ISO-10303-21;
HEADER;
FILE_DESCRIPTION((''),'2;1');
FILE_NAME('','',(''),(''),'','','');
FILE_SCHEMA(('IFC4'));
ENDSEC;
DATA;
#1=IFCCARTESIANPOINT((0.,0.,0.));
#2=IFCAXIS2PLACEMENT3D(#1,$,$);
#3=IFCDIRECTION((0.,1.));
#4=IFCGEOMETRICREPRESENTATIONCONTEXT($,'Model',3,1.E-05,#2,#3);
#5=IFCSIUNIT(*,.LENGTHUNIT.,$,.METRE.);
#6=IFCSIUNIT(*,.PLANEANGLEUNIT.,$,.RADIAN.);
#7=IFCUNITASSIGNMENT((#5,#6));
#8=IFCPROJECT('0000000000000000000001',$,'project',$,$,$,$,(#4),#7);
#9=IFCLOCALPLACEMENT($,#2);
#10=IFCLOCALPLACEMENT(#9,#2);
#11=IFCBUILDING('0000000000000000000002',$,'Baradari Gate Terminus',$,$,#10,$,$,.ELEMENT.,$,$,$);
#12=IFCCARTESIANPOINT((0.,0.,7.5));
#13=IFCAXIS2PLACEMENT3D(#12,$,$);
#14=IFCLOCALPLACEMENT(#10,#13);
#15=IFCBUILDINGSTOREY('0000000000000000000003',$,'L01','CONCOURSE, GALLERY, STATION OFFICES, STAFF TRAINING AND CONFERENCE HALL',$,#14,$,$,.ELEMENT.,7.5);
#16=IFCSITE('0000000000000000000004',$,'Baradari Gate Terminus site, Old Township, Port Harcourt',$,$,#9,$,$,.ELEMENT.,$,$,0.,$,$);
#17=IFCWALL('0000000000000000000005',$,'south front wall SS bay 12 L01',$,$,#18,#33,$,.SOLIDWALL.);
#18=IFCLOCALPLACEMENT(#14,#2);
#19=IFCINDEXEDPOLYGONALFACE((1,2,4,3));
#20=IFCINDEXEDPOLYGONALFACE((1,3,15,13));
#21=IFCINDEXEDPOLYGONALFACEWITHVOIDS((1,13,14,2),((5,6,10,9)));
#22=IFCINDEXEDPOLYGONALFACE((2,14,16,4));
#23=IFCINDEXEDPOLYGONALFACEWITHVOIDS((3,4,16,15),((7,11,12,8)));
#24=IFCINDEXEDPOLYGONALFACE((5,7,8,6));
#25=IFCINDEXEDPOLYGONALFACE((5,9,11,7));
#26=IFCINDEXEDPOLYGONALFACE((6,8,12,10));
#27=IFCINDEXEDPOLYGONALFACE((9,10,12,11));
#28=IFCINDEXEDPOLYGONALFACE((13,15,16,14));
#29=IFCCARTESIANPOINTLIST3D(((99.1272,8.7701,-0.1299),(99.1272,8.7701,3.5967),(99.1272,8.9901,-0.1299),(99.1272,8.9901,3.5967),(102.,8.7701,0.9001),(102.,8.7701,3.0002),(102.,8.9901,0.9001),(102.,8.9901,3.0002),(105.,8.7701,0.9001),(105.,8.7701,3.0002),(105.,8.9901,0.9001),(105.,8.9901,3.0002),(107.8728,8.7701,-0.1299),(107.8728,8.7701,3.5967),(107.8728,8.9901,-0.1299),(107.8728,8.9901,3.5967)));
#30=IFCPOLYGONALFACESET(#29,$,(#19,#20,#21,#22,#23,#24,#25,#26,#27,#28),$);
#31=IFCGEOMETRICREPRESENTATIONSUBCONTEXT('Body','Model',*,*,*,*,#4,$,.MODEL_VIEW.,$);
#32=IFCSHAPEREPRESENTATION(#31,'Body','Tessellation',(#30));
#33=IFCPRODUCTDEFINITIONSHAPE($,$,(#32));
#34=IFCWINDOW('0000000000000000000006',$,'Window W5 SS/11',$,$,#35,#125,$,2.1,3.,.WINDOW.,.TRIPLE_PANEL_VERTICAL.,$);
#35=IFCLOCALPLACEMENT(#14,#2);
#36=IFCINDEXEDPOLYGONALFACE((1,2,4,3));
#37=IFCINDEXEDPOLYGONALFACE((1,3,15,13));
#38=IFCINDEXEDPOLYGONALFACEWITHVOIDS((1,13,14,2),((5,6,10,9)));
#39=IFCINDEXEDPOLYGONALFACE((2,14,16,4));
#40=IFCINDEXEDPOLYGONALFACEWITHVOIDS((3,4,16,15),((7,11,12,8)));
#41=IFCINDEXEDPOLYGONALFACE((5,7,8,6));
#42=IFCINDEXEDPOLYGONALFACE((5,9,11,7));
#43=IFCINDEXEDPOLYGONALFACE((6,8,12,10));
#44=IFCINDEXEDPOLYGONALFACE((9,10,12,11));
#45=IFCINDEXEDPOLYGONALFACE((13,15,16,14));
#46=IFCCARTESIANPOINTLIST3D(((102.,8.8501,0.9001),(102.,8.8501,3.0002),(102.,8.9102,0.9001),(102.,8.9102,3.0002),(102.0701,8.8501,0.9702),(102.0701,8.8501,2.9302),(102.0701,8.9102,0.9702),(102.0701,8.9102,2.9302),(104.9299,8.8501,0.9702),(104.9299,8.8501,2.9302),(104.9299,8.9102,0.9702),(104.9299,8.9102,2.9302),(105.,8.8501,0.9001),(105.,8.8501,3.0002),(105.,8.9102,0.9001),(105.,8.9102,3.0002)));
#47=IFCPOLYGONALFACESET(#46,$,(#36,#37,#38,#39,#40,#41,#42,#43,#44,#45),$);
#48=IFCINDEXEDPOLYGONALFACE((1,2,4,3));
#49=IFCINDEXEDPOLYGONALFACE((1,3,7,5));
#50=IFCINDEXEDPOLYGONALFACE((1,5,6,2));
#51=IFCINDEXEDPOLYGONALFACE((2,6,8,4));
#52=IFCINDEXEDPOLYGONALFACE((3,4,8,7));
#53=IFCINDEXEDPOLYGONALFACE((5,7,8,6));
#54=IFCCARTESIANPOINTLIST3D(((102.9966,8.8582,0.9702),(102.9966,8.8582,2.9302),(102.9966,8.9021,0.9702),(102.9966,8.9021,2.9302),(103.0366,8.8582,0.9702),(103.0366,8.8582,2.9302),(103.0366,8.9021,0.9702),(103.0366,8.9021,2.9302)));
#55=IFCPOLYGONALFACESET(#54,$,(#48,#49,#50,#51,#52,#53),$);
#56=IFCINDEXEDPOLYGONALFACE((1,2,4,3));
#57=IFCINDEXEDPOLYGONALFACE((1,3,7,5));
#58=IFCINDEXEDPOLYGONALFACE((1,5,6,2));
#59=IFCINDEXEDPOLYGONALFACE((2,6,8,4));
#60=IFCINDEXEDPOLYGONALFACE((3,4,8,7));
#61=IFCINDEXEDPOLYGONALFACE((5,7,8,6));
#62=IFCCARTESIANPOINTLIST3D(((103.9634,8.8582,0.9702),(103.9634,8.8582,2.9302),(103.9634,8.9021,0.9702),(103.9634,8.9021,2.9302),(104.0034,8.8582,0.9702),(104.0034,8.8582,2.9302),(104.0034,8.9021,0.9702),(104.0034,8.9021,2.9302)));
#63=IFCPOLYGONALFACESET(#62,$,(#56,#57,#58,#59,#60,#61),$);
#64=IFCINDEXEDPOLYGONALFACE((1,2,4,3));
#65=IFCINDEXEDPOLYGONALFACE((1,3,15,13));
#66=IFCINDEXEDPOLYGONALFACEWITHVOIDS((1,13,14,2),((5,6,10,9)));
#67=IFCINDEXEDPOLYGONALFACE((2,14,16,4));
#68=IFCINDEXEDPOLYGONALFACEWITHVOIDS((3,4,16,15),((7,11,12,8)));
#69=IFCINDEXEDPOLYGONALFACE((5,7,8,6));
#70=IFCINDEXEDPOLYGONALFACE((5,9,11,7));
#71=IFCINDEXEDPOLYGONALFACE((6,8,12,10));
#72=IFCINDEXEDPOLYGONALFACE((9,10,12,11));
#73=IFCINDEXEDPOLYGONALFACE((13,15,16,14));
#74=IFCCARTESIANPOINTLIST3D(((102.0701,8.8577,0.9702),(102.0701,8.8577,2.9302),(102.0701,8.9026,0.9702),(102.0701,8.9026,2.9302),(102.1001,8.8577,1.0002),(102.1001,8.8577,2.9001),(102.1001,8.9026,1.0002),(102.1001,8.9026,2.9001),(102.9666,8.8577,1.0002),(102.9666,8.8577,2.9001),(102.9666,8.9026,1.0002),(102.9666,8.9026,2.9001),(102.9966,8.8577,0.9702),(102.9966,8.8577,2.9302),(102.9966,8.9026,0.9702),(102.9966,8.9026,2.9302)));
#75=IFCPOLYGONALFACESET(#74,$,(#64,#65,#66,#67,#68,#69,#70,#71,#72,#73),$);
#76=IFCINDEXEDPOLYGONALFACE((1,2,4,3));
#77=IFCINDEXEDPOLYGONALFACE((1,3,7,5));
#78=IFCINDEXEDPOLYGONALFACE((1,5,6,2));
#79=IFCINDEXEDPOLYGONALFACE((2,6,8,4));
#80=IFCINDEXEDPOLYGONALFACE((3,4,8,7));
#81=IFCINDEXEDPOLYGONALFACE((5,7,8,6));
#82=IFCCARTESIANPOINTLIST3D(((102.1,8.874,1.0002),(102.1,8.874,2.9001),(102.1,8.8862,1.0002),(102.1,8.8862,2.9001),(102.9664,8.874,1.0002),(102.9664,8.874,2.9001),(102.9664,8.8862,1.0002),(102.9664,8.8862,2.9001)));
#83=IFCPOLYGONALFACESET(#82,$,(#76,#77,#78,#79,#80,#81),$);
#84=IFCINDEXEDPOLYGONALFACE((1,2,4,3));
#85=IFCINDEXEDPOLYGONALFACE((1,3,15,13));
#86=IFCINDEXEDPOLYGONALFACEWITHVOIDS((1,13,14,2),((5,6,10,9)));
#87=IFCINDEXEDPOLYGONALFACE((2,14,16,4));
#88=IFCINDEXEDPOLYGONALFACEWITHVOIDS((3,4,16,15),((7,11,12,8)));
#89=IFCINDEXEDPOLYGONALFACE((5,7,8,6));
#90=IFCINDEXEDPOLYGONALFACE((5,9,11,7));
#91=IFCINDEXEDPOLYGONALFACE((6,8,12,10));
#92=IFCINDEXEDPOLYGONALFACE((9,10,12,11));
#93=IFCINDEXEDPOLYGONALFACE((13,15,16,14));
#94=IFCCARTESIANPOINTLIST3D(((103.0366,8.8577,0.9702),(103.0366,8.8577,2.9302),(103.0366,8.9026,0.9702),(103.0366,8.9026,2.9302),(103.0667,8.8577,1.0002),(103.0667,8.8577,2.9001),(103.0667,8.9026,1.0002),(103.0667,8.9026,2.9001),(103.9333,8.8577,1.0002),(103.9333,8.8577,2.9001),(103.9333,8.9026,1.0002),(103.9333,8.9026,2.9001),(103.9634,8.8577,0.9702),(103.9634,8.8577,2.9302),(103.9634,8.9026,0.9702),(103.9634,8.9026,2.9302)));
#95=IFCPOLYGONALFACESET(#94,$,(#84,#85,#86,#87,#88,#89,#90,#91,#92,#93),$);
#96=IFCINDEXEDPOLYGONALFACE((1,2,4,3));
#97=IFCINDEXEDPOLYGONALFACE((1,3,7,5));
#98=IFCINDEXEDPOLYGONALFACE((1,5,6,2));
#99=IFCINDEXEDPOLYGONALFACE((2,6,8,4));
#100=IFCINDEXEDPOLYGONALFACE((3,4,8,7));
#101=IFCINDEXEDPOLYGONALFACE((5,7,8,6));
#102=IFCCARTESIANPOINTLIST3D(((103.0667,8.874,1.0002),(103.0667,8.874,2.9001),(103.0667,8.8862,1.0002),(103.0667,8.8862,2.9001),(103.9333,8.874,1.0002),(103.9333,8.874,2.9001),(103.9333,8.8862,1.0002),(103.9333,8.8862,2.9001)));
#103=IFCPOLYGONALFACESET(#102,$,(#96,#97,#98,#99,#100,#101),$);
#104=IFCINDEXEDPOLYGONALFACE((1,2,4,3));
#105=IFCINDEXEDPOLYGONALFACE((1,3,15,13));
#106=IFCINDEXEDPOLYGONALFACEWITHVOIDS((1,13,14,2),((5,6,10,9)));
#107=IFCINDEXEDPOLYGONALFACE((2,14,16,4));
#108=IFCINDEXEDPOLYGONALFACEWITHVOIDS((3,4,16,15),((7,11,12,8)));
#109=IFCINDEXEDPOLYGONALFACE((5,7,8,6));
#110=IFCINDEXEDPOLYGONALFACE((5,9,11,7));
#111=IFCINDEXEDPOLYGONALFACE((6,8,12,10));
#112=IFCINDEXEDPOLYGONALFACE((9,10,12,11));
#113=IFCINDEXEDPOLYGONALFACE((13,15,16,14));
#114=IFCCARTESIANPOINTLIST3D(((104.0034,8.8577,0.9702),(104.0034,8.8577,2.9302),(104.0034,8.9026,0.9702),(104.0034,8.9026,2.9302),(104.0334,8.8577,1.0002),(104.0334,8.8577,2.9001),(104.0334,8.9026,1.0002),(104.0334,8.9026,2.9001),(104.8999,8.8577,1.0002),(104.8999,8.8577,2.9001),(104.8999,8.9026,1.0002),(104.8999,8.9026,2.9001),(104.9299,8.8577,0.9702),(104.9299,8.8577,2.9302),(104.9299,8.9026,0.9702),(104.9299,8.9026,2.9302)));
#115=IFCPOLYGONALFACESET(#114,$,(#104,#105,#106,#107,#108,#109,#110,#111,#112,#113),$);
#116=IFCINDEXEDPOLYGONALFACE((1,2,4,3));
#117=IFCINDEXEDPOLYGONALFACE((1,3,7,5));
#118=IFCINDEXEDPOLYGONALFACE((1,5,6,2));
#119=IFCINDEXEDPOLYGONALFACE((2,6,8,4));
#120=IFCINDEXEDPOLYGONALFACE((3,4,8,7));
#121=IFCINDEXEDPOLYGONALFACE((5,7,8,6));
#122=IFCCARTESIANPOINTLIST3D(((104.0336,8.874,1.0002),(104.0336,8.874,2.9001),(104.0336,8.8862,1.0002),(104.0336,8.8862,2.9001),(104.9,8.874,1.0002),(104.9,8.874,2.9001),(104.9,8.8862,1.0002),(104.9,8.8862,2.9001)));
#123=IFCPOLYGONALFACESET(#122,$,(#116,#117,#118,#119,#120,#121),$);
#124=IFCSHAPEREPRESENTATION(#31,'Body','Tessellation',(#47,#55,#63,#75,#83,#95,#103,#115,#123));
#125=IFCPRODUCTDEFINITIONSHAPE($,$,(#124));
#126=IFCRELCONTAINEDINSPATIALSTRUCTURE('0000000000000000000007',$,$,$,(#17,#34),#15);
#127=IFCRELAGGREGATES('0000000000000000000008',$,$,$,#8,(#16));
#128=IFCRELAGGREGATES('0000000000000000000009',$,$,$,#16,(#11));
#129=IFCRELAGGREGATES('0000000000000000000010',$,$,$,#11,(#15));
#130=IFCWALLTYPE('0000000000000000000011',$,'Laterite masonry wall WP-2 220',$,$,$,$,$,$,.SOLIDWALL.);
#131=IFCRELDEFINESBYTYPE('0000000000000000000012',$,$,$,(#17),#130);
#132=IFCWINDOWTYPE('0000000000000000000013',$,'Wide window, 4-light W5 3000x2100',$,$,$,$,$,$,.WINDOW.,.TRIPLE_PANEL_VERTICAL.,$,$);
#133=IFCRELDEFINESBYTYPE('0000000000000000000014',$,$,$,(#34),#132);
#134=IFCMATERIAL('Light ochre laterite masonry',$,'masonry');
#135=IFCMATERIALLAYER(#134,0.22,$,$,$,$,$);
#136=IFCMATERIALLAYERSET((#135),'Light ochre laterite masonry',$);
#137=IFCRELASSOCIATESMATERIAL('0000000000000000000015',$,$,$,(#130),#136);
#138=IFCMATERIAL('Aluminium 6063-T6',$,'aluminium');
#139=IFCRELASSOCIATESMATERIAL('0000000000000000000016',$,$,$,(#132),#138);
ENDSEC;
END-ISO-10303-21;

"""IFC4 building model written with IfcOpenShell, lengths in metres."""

from ifc_helpers import new_model, si_unit, direction, frame, frame_2d, origin, place, context, subcontext, project, spatial, polyline, rectangle, outline, extrude, material, layer, layer_set, type_object, element, fill, save


model = new_model("IFC4")

# Units and contexts
model_context = context("Model", 3, precision=1e-05, world=origin(), true_north=direction((0.0, 1.0)))
body_context = subcontext(model_context, "Body", "Model", "MODEL_VIEW")
ifc_project = project(units=[si_unit("LENGTHUNIT", "METRE"), si_unit("PLANEANGLEUNIT", "RADIAN")], contexts=[model_context])

# Site, building, storey
site_placement = place(None, origin())
site = spatial("IfcSite", under=ifc_project, at=site_placement, Name="Baradari Gate Terminus site, Old Township, Port Harcourt", CompositionType="ELEMENT", RefElevation=0.0)
building_placement = place(site_placement, origin())
building = spatial("IfcBuilding", under=site, at=building_placement, Name="Baradari Gate Terminus", CompositionType="ELEMENT")
storey_placement = place(building_placement, frame((0.0, 0.0, 7.5)))
storey = spatial("IfcBuildingStorey", under=building, at=storey_placement, Name="L01", Description="CONCOURSE, GALLERY, STATION OFFICES, STAFF TRAINING AND CONFERENCE HALL", CompositionType="ELEMENT", Elevation=7.5)

# Wall, opening, window
ifc_material_1 = material(Name="Light ochre laterite masonry", Category="masonry")
ifc_layer_1 = layer(ifc_material_1, 0.22)
ifc_layer_set_1 = layer_set([ifc_layer_1], Name="Light ochre laterite masonry")
wall_type_1 = type_object("IfcWallType", Name="Laterite masonry wall WP-2 220", PredefinedType="SOLIDWALL", material=ifc_layer_set_1)
ifc_material_2 = material(Name="Aluminium 6063-T6", Category="aluminium")
window_type = type_object("IfcWindowType", Name="Wide window, 4-light W5 3000x2100", PartitioningType="TRIPLE_PANEL_VERTICAL", PredefinedType="WINDOW", material=ifc_material_2)
wall_1_placement = place(storey_placement, frame((99.1272, 8.8801, -0.1299), z_axis=(0.0, 0.0, 1.0), x_axis=(1.0, 0.0, 0.0)))
wall_1 = element("IfcWall", 1, at=wall_1_placement, inside=storey, type_object=wall_type_1, Name="south front wall SS bay 12 L01", PredefinedType="SOLIDWALL", context=body_context, shape_type="SweptSolid", body=[
    extrude(rectangle(XDim=8.7456, YDim=0.22, at=frame_2d((4.3728, 0.0))), origin(), (0.0, 0.0, 1.0), 3.7266),
])
opening_1_placement = place(wall_1_placement, frame((2.8728, 0.0, 1.03)))
opening_1 = element("IfcOpeningElement", 2, at=opening_1_placement, cuts=wall_1, PredefinedType="OPENING", context=body_context, shape_type="SweptSolid", body=[
    extrude(rectangle(XDim=3.0, YDim=2.1001, at=frame_2d((1.5, 1.05))), frame((0.0, 0.1199, 0.0), z_axis=(0.0, -1.0, 0.0), x_axis=(1.0, 0.0, 0.0)), (0.0, 0.0, 1.0), 0.24),
])
window_1_placement = place(opening_1_placement, origin())
window_1 = element("IfcWindow", 3, at=window_1_placement, inside=storey, type_object=window_type, Name="Window W5 SS/11", OverallHeight=2.1, OverallWidth=3.0, PartitioningType="TRIPLE_PANEL_VERTICAL", PredefinedType="WINDOW", context=body_context, shape_type="SweptSolid", body=[
    extrude(outline(polyline([(0.0, 0.0), (3.0, 0.0), (3.0, 2.1001), (0.0, 2.1001), (0.0, 0.0)]), holes=[polyline([(0.0701, 0.0701), (2.9299, 0.0701), (2.9299, 2.03), (0.0701, 2.03), (0.0701, 0.0701)])]), frame((0.0, 0.03, 0.0), z_axis=(0.0, -1.0, 0.0), x_axis=(1.0, 0.0, 0.0)), (0.0, 0.0, 1.0), 0.0601),
    extrude(rectangle(XDim=0.04, YDim=1.96, at=frame_2d((1.0166, 1.05))), frame((0.0, 0.022, 0.0), z_axis=(0.0, -1.0, 0.0), x_axis=(1.0, 0.0, 0.0)), (0.0, 0.0, 1.0), 0.0439),
    extrude(rectangle(XDim=0.04, YDim=1.96, at=frame_2d((1.9834, 1.05))), frame((0.0, 0.022, 0.0), z_axis=(0.0, -1.0, 0.0), x_axis=(1.0, 0.0, 0.0)), (0.0, 0.0, 1.0), 0.0439),
    extrude(outline(polyline([(0.0701, 0.0701), (0.9966, 0.0701), (0.9966, 2.03), (0.0701, 2.03), (0.0701, 0.0701)]), holes=[polyline([(0.1001, 0.1001), (0.9666, 0.1001), (0.9666, 2.0), (0.1001, 2.0), (0.1001, 0.1001)])]), frame((0.0, 0.0225, 0.0), z_axis=(0.0, -1.0, 0.0), x_axis=(1.0, 0.0, 0.0)), (0.0, 0.0, 1.0), 0.0449),
    extrude(rectangle(XDim=0.8665, YDim=1.8999, at=frame_2d((0.5332, 1.05))), frame((0.0, 0.0061, 0.0), z_axis=(0.0, -1.0, 0.0), x_axis=(1.0, 0.0, 0.0)), (0.0, 0.0, 1.0), 0.0122),
    extrude(outline(polyline([(1.0366, 0.0701), (1.9634, 0.0701), (1.9634, 2.03), (1.0366, 2.03), (1.0366, 0.0701)]), holes=[polyline([(1.0667, 0.1001), (1.9333, 0.1001), (1.9333, 2.0), (1.0667, 2.0), (1.0667, 0.1001)])]), frame((0.0, 0.0225, 0.0), z_axis=(0.0, -1.0, 0.0), x_axis=(1.0, 0.0, 0.0)), (0.0, 0.0, 1.0), 0.0449),
    extrude(rectangle(XDim=0.8667, YDim=1.8999, at=frame_2d((1.5, 1.05))), frame((0.0, 0.0061, 0.0), z_axis=(0.0, -1.0, 0.0), x_axis=(1.0, 0.0, 0.0)), (0.0, 0.0, 1.0), 0.0122),
    extrude(outline(polyline([(2.0034, 0.0701), (2.9299, 0.0701), (2.9299, 2.03), (2.0034, 2.03), (2.0034, 0.0701)]), holes=[polyline([(2.0334, 0.1001), (2.8999, 0.1001), (2.8999, 2.0), (2.0334, 2.0), (2.0334, 0.1001)])]), frame((0.0, 0.0225, 0.0), z_axis=(0.0, -1.0, 0.0), x_axis=(1.0, 0.0, 0.0)), (0.0, 0.0, 1.0), 0.0449),
    extrude(rectangle(XDim=0.8665, YDim=1.8999, at=frame_2d((2.4668, 1.05))), frame((0.0, 0.0061, 0.0), z_axis=(0.0, -1.0, 0.0), x_axis=(1.0, 0.0, 0.0)), (0.0, 0.0, 1.0), 0.0122),
])
fill(opening_1, window_1)

save(model, "model.ifc")
